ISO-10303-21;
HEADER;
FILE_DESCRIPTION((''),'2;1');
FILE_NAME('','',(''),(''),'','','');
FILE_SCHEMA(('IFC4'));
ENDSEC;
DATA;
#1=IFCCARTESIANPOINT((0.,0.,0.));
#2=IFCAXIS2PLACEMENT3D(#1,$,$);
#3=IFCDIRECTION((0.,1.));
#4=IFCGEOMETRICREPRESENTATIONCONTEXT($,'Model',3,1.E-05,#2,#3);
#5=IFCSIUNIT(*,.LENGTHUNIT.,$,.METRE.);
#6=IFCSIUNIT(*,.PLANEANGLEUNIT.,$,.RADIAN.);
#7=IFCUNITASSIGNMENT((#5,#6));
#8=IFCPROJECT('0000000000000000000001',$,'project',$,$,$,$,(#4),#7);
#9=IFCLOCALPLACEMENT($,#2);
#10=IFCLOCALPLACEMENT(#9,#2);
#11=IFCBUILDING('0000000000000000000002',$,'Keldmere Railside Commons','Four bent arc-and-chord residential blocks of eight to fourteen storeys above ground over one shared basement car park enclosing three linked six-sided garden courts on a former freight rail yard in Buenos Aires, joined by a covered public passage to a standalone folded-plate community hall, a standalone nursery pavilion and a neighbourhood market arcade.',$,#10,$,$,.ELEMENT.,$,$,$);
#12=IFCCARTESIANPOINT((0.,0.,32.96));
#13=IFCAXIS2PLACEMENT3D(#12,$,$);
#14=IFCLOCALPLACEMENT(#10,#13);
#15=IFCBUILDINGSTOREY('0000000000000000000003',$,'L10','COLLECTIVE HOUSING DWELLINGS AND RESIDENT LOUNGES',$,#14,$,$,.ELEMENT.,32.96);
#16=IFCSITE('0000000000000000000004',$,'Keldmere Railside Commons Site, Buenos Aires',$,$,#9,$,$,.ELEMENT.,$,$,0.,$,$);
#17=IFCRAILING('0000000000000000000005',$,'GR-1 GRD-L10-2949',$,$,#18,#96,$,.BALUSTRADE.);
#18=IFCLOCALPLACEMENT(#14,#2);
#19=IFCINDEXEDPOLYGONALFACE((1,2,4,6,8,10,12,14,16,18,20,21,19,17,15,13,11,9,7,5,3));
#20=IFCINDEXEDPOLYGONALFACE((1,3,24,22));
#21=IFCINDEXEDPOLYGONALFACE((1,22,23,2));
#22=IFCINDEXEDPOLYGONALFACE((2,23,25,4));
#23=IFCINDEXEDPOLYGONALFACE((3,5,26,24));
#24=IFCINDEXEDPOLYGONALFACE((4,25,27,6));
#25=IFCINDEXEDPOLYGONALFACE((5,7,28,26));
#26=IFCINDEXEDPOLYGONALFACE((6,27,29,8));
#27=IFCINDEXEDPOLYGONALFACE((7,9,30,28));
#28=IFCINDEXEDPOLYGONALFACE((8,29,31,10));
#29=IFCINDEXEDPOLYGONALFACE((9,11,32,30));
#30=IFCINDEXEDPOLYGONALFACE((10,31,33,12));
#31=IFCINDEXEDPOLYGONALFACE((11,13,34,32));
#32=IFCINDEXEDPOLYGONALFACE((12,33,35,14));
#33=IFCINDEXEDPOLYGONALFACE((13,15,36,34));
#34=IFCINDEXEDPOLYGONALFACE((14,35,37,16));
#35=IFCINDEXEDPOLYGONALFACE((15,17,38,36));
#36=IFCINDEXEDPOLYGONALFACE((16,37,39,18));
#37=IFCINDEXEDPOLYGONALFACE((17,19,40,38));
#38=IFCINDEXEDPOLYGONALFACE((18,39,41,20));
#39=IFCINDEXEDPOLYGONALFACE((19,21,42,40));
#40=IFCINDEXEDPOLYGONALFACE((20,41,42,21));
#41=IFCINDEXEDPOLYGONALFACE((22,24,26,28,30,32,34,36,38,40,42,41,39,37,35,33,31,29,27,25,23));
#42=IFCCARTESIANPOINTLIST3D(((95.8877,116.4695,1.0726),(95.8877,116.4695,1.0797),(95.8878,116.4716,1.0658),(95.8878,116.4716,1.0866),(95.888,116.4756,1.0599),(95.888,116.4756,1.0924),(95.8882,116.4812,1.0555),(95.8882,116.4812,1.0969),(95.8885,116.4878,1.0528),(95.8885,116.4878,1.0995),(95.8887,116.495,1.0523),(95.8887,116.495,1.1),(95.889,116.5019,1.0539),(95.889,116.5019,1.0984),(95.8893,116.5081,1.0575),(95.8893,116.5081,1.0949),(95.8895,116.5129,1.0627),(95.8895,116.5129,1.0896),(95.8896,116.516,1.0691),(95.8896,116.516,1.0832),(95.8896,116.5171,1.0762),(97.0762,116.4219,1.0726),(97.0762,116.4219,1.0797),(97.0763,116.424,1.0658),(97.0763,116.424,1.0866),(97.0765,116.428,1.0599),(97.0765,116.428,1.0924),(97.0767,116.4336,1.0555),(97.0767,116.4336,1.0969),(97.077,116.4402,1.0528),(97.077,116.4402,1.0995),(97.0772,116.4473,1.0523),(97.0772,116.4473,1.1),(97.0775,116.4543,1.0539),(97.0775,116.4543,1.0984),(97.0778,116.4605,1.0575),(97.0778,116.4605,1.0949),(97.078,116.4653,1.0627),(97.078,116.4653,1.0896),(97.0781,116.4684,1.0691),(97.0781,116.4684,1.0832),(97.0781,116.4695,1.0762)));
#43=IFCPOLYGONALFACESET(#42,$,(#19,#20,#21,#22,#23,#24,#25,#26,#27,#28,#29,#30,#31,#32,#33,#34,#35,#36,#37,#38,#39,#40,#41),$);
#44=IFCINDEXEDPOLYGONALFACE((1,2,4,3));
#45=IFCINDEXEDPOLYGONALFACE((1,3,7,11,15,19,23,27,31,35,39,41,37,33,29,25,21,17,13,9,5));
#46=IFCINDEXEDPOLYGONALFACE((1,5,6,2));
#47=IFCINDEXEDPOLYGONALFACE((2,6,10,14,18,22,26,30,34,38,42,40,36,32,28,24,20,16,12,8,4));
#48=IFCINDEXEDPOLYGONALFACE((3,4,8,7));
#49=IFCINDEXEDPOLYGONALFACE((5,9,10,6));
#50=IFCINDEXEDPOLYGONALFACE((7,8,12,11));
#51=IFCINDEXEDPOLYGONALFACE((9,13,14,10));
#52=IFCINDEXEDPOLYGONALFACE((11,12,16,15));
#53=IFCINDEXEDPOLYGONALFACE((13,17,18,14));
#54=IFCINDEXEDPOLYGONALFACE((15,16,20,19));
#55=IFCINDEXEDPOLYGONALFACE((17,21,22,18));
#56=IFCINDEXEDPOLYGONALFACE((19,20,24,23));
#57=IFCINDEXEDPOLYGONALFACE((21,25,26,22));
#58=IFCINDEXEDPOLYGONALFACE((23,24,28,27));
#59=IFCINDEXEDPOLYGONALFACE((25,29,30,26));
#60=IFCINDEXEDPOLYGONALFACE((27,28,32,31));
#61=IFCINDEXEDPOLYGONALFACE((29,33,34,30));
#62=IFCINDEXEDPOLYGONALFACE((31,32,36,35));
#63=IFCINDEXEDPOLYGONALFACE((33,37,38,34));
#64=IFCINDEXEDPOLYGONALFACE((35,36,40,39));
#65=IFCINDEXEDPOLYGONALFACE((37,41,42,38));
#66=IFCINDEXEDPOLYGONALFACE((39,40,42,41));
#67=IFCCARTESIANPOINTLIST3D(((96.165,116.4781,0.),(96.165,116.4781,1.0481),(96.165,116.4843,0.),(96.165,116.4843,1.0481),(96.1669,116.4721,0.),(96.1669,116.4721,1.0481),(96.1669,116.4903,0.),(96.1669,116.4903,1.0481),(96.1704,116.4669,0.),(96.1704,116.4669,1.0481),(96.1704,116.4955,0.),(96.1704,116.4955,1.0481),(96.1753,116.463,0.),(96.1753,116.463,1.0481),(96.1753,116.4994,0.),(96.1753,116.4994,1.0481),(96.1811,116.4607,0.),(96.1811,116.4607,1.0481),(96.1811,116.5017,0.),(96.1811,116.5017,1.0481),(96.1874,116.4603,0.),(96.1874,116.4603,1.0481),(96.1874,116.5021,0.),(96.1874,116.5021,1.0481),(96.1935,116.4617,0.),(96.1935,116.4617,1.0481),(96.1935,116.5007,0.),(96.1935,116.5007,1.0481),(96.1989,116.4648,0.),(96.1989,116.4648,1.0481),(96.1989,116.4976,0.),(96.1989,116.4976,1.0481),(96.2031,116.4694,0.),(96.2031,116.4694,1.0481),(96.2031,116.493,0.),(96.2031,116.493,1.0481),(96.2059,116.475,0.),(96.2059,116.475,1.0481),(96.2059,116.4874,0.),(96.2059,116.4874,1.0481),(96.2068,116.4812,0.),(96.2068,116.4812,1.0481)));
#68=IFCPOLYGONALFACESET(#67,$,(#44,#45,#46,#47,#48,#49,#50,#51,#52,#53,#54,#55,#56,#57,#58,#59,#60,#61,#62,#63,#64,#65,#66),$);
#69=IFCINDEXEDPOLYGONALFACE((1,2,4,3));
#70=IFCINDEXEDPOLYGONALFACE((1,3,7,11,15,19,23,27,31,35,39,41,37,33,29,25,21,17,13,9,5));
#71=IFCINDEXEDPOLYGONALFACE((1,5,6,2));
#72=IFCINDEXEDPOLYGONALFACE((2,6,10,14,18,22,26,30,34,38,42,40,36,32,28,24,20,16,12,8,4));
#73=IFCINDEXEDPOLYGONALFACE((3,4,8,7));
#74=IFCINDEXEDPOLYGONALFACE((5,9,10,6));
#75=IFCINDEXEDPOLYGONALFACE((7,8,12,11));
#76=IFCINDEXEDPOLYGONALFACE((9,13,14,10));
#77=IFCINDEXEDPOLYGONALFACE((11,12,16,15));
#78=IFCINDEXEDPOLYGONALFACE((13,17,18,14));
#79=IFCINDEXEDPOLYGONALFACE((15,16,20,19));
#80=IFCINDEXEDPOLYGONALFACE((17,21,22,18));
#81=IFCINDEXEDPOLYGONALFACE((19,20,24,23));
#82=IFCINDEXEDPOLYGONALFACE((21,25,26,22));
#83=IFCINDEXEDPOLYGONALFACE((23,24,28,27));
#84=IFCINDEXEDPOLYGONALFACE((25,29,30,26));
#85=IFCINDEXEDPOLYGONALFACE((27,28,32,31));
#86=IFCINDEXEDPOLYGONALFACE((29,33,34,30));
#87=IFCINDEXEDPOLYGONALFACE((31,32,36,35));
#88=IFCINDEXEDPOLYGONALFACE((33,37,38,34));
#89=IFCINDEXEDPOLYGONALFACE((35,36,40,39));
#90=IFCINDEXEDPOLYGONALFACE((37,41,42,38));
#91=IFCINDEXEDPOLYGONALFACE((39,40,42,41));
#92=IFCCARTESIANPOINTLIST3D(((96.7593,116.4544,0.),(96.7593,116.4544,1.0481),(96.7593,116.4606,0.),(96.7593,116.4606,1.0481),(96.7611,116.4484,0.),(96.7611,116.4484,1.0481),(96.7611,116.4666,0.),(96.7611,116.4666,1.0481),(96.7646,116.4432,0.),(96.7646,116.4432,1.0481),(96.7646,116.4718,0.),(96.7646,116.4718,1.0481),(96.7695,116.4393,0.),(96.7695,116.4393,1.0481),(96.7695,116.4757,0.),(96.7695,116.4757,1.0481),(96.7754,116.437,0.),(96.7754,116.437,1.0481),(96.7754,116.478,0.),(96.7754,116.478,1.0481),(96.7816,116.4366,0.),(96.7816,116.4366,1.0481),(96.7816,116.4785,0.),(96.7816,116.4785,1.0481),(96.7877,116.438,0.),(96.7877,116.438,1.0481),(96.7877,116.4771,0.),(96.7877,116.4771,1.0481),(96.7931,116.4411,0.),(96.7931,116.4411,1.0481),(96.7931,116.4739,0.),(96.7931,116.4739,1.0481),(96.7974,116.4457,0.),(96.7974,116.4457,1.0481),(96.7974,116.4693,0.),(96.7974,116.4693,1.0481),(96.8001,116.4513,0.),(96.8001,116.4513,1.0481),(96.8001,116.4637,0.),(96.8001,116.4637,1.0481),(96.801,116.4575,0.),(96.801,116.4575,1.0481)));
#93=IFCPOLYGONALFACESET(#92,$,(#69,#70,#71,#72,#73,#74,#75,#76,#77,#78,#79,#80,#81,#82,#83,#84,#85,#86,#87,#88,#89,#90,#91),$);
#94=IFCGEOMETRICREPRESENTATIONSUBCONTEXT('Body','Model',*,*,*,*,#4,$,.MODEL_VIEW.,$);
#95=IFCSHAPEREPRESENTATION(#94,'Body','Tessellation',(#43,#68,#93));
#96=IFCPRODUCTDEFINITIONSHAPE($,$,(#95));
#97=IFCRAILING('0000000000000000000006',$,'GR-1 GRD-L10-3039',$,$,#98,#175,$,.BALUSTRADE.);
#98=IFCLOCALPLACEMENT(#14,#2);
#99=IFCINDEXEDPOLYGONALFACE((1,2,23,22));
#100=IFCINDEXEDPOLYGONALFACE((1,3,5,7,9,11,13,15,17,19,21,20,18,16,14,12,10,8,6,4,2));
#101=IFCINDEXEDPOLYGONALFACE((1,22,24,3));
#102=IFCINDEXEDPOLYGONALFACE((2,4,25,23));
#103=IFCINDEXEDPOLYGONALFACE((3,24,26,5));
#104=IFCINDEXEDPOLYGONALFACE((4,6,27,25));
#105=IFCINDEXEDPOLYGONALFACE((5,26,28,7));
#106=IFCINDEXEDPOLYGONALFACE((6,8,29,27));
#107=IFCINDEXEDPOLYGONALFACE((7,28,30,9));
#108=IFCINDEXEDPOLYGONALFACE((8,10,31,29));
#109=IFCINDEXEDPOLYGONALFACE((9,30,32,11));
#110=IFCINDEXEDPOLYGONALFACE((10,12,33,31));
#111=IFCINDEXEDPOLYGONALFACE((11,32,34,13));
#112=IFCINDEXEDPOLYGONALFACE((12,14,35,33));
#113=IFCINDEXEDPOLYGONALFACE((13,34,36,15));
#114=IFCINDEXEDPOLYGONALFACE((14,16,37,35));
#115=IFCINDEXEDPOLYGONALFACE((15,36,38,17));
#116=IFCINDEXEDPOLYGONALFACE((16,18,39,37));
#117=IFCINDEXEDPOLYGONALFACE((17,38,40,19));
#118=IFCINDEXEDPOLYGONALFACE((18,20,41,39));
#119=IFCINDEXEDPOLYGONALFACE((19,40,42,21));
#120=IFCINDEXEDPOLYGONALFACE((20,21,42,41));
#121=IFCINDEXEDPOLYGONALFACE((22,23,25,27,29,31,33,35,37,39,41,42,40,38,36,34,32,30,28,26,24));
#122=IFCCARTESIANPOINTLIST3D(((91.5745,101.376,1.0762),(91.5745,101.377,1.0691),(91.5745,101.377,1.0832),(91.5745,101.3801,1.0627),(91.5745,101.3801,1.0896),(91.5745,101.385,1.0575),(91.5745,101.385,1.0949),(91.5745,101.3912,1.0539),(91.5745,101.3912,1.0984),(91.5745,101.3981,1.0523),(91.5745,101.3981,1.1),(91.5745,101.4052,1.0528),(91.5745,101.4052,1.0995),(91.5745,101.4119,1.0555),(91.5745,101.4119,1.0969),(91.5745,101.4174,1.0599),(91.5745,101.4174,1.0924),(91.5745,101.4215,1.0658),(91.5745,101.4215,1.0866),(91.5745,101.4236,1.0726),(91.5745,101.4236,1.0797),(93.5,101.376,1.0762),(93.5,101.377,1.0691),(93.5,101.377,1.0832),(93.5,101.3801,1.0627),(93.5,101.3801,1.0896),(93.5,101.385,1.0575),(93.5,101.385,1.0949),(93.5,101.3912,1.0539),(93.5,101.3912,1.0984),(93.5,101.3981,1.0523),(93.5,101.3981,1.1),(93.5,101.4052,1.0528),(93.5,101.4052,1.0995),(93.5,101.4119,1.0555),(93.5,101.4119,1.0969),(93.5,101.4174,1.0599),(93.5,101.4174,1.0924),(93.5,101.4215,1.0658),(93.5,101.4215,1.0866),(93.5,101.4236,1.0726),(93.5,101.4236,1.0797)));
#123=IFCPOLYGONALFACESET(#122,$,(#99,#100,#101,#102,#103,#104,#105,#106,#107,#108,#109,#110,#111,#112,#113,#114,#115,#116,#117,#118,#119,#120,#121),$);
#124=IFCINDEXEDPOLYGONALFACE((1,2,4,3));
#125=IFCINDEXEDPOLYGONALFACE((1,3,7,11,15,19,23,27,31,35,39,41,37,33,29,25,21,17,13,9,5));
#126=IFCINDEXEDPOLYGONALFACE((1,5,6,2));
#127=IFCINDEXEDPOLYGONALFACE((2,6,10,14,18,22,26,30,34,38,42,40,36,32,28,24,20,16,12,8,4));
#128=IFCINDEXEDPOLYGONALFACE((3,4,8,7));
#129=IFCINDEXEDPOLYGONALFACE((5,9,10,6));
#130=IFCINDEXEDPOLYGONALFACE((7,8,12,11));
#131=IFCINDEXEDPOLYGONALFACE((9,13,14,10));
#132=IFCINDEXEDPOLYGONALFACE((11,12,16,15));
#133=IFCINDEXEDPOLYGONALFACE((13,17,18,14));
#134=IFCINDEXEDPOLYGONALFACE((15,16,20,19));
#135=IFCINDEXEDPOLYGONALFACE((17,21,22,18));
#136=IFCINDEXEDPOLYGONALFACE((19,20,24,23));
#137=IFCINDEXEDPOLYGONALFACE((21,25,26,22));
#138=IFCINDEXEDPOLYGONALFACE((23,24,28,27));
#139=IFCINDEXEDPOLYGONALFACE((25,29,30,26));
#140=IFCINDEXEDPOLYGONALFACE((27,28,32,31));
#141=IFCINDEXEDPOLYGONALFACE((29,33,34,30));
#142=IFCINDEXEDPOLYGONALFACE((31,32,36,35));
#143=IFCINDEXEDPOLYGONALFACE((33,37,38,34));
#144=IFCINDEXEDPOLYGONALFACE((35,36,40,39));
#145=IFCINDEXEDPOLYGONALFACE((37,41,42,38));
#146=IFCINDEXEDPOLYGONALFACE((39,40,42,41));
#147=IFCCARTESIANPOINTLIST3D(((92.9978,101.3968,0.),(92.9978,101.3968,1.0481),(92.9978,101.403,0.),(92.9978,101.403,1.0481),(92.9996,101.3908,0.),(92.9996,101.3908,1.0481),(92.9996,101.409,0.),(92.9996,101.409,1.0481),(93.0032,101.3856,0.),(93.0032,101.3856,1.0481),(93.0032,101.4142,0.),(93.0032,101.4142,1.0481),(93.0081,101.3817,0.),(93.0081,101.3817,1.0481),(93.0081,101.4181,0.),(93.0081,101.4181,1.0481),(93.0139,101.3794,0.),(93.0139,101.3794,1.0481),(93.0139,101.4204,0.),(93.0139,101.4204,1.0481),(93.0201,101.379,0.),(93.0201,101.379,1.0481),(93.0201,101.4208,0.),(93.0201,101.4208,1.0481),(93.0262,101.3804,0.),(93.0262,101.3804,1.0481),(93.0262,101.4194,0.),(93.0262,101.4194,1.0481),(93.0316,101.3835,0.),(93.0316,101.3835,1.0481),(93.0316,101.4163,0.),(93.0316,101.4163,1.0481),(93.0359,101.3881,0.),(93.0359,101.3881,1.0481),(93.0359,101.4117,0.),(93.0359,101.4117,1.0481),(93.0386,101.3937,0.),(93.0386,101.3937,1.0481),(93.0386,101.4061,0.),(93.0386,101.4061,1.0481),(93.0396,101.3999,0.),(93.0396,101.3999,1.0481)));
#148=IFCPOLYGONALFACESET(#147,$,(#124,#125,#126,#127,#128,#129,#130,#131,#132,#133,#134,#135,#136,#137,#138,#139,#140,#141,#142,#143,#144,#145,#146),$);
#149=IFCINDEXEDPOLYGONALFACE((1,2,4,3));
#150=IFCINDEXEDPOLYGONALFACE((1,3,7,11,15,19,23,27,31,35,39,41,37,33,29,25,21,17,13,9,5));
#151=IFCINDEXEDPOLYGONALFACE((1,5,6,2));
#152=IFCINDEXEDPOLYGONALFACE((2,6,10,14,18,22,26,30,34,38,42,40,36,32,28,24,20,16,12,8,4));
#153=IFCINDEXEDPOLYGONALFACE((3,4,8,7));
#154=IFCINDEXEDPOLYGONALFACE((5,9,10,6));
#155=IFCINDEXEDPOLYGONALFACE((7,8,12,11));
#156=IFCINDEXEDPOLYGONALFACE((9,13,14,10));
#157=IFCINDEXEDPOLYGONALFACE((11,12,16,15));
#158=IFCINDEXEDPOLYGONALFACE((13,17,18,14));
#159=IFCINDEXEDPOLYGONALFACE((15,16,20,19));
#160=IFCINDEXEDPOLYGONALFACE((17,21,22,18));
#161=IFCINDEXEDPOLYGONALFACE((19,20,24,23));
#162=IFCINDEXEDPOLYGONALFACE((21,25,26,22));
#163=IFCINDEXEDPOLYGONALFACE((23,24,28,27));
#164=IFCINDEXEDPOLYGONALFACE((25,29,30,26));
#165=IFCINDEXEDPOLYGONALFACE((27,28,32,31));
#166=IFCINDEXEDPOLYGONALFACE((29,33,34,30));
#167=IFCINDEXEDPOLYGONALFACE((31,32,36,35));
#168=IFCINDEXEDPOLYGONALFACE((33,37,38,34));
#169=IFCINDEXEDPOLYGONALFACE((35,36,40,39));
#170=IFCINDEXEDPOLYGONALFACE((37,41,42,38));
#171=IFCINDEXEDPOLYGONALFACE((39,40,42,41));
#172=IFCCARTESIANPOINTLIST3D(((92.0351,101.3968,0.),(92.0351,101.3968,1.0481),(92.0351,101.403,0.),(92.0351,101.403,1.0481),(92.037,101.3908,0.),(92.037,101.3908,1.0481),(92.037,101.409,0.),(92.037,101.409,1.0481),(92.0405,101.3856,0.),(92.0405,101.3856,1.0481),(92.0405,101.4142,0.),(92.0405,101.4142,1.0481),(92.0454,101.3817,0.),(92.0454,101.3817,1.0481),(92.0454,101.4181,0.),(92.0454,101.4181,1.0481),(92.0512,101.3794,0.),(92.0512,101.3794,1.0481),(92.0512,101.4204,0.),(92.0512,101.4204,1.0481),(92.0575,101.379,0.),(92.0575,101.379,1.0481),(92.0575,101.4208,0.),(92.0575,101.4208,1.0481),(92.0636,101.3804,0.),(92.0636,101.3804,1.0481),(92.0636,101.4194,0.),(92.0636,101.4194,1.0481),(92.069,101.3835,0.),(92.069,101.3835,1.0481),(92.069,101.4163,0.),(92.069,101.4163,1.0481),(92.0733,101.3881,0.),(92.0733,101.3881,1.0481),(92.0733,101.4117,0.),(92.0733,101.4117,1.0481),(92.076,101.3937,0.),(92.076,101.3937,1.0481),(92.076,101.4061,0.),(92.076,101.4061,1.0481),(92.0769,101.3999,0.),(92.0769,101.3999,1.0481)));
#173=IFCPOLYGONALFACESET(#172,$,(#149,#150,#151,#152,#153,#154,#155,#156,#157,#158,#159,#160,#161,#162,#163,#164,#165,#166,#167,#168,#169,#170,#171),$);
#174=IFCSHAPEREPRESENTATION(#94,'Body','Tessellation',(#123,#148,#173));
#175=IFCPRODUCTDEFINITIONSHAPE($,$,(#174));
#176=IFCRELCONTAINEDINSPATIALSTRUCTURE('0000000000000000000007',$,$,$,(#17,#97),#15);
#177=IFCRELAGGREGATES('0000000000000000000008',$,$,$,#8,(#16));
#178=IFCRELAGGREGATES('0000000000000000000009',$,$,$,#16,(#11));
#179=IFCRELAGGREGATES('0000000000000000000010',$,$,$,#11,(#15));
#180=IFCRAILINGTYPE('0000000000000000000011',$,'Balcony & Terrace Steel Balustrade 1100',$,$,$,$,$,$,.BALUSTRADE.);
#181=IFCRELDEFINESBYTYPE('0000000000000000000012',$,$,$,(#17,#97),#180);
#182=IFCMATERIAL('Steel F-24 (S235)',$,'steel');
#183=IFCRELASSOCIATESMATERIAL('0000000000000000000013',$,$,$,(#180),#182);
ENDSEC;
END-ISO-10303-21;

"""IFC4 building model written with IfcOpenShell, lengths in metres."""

from ifc_helpers import new_model, si_unit, direction, frame, origin, origin_2d, place, context, subcontext, project, spatial, circle, extrude, material, type_object, element, save


model = new_model("IFC4")

# Units and contexts
model_context = context("Model", 3, precision=1e-05, world=origin(), true_north=direction((0.0, 1.0)))
body_context = subcontext(model_context, "Body", "Model", "MODEL_VIEW")
ifc_project = project(units=[si_unit("LENGTHUNIT", "METRE"), si_unit("PLANEANGLEUNIT", "RADIAN")], contexts=[model_context])

# Site, building, storey
site_placement = place(None, origin())
site = spatial("IfcSite", under=ifc_project, at=site_placement, Name="Keldmere Railside Commons Site, Buenos Aires", CompositionType="ELEMENT", RefElevation=0.0)
building_placement = place(site_placement, origin())
building = spatial("IfcBuilding", under=site, at=building_placement, Name="Keldmere Railside Commons", Description="Four bent arc-and-chord residential blocks of eight to fourteen storeys above ground over one shared basement car park enclosing three linked six-sided garden courts on a former freight rail yard in Buenos Aires, joined by a covered public passage to a standalone folded-plate community hall, a standalone nursery pavilion and a neighbourhood market arcade.", CompositionType="ELEMENT")
storey_placement = place(building_placement, frame((0.0, 0.0, 32.96)))
storey = spatial("IfcBuildingStorey", under=building, at=storey_placement, Name="L10", Description="COLLECTIVE HOUSING DWELLINGS AND RESIDENT LOUNGES", CompositionType="ELEMENT", Elevation=32.96)

# Railings
ifc_material_1 = material(Name="Steel F-24 (S235)", Category="steel")
railing_type = type_object("IfcRailingType", Name="Balcony & Terrace Steel Balustrade 1100", PredefinedType="BALUSTRADE", material=ifc_material_1)
railing_1_placement = place(storey_placement, frame((95.8887, 116.4932, 0.0)))
element("IfcRailing", 1, at=railing_1_placement, inside=storey, type_object=railing_type, Name="GR-1 GRD-L10-2949", PredefinedType="BALUSTRADE", context=body_context, shape_type="SweptSolid", body=[
    extrude(circle(Radius=0.0239, at=origin_2d()), frame((0.0, 0.0, 1.0762), z_axis=(0.999199, -0.040025, 0.0), x_axis=(0.040025, 0.999199, 0.0)), (0.0, 0.0, 1.0), 1.1895),
    extrude(circle(Radius=0.021, at=origin_2d()), frame((0.2971, -0.012, 0.0)), (0.0, 0.0, 1.0), 1.0481),
    extrude(circle(Radius=0.021, at=origin_2d()), frame((0.8914, -0.0356, 0.0)), (0.0, 0.0, 1.0), 1.0481),
])
railing_2_placement = place(storey_placement, frame((93.5, 101.3999, 0.0)))
element("IfcRailing", 2, at=railing_2_placement, inside=storey, type_object=railing_type, Name="GR-1 GRD-L10-3039", PredefinedType="BALUSTRADE", context=body_context, shape_type="SweptSolid", body=[
    extrude(circle(Radius=0.0239, at=origin_2d()), frame((0.0, 0.0, 1.0762), z_axis=(-1.0, 0.0, 0.0), x_axis=(0.0, -1.0, 0.0)), (0.0, 0.0, 1.0), 1.9255),
    extrude(circle(Radius=0.021, at=origin_2d()), frame((-0.4814, 0.0, 0.0)), (0.0, 0.0, 1.0), 1.0481),
    extrude(circle(Radius=0.021, at=origin_2d()), frame((-1.4441, 0.0, 0.0)), (0.0, 0.0, 1.0), 1.0481),
])

save(model, "model.ifc")
